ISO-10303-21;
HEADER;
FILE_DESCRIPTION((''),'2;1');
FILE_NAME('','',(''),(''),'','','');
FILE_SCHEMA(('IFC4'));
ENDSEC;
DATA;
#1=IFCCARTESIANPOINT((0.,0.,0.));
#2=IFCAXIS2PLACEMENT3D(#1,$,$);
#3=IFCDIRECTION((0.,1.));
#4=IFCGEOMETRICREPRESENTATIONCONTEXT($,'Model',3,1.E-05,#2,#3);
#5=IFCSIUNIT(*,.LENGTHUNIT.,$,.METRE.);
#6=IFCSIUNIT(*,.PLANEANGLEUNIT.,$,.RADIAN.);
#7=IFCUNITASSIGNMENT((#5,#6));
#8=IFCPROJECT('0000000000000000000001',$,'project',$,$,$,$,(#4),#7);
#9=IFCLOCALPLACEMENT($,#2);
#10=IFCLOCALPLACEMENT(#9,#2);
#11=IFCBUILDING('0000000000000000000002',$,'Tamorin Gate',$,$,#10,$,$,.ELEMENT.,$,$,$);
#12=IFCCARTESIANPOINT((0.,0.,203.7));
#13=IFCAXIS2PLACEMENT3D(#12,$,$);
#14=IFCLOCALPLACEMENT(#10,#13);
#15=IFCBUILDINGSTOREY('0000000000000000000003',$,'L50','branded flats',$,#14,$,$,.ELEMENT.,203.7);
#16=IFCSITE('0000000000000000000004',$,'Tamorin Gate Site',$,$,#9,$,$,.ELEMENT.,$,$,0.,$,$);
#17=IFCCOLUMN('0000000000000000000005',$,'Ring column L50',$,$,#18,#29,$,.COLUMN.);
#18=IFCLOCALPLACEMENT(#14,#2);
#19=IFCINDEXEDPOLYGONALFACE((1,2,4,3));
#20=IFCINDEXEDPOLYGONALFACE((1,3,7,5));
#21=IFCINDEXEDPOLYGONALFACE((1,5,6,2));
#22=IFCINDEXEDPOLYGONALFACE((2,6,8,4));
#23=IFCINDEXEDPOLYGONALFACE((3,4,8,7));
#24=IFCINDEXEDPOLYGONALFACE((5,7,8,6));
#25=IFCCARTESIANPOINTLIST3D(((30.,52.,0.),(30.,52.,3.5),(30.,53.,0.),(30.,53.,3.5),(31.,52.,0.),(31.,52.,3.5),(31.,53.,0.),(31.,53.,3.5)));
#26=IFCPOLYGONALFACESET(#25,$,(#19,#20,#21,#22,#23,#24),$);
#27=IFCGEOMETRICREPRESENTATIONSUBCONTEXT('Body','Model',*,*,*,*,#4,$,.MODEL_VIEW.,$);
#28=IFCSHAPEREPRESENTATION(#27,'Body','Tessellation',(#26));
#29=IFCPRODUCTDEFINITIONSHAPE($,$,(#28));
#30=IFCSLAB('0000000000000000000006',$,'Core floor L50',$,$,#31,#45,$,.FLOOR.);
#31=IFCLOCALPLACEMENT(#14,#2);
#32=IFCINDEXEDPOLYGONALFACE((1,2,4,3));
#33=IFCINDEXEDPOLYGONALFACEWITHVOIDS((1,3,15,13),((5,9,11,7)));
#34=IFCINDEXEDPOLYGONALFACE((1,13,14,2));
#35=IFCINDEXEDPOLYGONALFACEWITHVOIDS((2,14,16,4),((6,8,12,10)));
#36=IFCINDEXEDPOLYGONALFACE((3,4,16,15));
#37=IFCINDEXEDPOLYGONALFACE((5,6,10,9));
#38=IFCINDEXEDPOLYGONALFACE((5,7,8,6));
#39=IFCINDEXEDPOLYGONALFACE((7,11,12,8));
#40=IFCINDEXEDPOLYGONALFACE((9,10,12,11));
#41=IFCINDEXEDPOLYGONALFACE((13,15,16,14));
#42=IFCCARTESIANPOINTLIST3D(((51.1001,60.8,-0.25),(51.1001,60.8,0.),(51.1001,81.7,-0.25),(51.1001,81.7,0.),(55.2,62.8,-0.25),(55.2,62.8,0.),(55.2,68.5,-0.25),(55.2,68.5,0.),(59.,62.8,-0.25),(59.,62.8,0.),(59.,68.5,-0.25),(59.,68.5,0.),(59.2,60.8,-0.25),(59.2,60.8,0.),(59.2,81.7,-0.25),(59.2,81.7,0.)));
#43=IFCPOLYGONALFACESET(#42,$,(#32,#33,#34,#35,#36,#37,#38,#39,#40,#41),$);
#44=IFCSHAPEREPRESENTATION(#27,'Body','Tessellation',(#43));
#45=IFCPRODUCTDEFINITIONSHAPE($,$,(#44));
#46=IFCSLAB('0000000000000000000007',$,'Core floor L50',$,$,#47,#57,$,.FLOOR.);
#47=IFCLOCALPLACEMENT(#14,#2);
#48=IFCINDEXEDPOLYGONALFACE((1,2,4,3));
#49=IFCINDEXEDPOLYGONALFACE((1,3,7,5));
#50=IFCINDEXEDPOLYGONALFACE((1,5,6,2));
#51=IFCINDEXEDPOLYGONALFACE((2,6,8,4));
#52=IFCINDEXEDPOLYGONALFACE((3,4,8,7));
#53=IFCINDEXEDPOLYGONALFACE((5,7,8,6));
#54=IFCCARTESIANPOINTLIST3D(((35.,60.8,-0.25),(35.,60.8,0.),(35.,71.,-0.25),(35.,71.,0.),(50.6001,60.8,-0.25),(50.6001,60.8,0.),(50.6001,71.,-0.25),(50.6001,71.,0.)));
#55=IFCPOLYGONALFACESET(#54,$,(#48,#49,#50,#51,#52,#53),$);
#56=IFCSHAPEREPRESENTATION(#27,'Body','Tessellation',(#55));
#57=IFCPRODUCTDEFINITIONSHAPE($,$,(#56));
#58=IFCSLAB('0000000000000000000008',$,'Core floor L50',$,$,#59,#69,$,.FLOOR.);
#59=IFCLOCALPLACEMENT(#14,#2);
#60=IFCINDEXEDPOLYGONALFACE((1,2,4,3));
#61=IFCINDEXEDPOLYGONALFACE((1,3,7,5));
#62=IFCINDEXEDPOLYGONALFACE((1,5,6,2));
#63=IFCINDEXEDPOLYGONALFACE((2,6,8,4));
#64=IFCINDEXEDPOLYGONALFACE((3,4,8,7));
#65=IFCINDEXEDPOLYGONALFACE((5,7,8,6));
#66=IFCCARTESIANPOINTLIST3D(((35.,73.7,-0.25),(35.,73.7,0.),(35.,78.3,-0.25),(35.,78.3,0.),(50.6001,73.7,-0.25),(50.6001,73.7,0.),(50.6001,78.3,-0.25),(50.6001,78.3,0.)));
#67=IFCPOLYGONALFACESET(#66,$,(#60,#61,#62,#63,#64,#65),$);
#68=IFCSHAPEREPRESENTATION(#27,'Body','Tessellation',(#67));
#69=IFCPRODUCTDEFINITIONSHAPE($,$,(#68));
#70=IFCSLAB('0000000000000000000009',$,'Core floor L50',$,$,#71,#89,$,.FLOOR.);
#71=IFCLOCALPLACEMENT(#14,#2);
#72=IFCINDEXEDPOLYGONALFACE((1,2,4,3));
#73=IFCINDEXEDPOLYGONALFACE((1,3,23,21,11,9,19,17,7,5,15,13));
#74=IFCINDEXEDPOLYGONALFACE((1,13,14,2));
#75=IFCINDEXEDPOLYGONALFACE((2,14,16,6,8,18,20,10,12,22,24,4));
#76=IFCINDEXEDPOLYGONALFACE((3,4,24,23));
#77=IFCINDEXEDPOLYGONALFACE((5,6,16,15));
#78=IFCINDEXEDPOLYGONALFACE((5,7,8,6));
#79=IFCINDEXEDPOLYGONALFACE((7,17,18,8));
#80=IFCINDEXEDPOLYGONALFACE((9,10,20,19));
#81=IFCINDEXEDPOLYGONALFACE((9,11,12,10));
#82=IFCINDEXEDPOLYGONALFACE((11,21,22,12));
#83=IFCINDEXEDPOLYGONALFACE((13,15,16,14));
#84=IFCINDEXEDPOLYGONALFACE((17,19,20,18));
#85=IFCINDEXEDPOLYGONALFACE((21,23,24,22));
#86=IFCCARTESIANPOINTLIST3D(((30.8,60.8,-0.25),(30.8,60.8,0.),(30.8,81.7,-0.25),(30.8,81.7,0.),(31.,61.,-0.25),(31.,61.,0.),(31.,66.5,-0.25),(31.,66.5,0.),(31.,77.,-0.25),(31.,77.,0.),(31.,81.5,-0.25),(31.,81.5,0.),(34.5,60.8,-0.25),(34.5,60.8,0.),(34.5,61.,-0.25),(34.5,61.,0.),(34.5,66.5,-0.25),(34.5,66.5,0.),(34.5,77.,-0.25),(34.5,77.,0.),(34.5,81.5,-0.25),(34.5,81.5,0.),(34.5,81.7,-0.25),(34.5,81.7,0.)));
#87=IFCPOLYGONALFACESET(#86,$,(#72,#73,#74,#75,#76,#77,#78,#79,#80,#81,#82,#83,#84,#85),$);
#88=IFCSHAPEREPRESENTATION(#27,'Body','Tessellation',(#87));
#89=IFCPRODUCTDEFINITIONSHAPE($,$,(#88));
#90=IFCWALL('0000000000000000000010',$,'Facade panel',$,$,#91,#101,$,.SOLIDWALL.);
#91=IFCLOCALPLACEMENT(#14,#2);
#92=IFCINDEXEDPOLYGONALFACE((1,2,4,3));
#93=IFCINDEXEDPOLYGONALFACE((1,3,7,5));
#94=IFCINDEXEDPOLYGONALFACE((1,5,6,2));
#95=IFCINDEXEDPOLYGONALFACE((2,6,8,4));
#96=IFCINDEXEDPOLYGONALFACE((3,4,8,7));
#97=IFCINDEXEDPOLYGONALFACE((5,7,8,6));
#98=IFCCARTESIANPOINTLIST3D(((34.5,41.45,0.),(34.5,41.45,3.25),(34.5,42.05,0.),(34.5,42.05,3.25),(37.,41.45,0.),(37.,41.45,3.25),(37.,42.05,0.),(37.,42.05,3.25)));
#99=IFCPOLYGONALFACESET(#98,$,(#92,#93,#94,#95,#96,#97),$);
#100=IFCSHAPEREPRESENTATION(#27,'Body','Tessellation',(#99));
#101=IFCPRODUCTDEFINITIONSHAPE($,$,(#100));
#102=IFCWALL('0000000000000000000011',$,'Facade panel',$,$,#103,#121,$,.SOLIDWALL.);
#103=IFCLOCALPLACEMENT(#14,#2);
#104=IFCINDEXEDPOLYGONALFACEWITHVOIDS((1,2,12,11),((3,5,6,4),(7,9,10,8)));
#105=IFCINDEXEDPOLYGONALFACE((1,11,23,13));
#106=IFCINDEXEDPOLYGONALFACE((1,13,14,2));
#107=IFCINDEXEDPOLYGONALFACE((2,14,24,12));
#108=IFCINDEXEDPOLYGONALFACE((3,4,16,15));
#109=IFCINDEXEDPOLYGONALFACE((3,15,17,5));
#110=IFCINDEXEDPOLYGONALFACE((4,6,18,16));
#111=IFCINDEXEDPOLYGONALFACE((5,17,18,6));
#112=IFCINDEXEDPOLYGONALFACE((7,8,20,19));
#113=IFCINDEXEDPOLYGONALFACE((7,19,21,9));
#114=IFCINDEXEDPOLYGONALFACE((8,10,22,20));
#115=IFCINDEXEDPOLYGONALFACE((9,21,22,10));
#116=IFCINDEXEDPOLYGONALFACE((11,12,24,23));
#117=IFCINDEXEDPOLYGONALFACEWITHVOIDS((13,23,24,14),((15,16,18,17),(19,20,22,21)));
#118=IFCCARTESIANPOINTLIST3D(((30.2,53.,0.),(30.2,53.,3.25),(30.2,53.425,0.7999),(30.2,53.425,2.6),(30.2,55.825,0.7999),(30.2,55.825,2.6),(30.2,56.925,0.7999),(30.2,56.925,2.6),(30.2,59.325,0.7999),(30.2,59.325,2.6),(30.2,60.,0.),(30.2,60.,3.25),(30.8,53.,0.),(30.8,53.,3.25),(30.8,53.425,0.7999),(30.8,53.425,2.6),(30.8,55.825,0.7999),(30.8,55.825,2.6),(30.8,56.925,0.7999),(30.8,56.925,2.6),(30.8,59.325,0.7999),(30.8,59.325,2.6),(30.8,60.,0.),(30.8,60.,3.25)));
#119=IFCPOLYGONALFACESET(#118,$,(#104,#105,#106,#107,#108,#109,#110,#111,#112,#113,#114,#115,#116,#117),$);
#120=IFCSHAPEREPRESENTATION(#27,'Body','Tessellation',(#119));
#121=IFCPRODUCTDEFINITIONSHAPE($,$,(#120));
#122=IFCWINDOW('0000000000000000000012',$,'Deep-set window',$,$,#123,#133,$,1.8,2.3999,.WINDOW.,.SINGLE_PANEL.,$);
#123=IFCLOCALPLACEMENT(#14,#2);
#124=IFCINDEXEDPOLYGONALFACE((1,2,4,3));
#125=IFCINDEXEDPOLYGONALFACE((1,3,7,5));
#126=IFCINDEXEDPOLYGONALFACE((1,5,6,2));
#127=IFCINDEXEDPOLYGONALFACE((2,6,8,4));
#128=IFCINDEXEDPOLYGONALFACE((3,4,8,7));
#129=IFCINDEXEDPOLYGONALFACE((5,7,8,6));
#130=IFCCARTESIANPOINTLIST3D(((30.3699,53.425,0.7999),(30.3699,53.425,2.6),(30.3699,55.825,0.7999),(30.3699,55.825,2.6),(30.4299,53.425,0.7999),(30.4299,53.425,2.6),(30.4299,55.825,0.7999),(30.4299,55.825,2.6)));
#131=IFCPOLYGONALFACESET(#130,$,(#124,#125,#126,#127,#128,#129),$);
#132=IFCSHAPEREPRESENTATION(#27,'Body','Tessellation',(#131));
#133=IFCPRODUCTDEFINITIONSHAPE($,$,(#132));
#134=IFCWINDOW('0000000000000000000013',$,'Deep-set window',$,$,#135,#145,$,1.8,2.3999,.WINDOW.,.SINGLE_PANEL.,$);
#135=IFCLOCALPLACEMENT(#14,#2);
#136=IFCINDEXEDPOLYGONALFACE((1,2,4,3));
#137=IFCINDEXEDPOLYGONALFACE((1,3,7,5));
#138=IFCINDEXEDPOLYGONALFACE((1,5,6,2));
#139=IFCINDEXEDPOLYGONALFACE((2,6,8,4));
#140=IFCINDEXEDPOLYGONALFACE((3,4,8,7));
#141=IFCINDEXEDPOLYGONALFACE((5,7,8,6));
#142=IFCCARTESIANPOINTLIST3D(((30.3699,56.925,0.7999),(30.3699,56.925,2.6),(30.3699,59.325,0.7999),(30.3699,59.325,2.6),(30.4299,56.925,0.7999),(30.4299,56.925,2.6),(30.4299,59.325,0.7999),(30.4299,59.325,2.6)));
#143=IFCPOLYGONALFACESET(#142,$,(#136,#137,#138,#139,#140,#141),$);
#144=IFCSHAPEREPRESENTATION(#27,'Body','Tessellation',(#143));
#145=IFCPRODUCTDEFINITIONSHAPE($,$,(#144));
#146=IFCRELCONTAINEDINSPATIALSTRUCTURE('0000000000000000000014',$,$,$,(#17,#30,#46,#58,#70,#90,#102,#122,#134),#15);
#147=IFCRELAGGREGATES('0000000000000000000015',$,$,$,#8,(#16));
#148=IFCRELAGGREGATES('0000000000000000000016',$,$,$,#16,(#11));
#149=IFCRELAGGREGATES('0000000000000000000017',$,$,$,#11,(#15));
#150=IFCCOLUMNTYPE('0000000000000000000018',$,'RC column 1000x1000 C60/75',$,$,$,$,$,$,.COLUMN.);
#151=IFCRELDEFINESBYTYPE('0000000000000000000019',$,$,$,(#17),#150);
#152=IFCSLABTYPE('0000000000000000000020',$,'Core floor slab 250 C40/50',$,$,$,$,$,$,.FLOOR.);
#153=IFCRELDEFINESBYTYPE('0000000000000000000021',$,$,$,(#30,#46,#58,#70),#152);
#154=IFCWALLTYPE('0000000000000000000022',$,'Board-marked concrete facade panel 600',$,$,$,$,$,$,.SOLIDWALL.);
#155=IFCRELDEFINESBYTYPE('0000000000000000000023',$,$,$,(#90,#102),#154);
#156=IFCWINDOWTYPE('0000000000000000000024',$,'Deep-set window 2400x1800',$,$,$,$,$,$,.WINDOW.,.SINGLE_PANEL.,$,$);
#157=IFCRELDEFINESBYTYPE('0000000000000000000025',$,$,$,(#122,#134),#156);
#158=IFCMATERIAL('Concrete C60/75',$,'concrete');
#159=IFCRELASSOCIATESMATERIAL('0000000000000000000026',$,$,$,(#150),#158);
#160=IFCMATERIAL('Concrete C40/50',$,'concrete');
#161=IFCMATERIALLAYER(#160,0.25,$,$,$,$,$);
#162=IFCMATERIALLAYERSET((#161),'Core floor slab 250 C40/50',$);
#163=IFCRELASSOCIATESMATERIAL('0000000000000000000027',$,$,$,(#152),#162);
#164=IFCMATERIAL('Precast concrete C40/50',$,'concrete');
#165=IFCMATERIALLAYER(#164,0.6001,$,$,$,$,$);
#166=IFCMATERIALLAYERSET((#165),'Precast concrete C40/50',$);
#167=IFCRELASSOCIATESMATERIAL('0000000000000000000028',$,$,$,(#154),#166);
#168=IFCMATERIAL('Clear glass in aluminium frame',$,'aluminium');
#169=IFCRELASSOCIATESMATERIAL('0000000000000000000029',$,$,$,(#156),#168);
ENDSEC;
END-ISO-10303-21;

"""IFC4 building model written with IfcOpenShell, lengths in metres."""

from ifc_helpers import new_model, si_unit, direction, frame, frame_2d, origin, origin_2d, place, context, subcontext, project, spatial, polyline, rectangle, outline, extrude, material, layer, layer_set, material_profile, profile_set, type_object, element, fill, save


model = new_model("IFC4")

# Units and contexts
model_context = context("Model", 3, precision=1e-05, world=origin(), true_north=direction((0.0, 1.0)))
body_context = subcontext(model_context, "Body", "Model", "MODEL_VIEW")
ifc_project = project(units=[si_unit("LENGTHUNIT", "METRE"), si_unit("PLANEANGLEUNIT", "RADIAN")], contexts=[model_context])

# Site, building, storey
site_placement = place(None, origin())
site = spatial("IfcSite", under=ifc_project, at=site_placement, Name="Tamorin Gate Site", CompositionType="ELEMENT", RefElevation=0.0)
building_placement = place(site_placement, origin())
building = spatial("IfcBuilding", under=site, at=building_placement, Name="Tamorin Gate", CompositionType="ELEMENT")
storey_placement = place(building_placement, frame((0.0, 0.0, 203.7)))
storey = spatial("IfcBuildingStorey", under=building, at=storey_placement, Name="L50", Description="branded flats", CompositionType="ELEMENT", Elevation=203.7)

# Column
ifc_material_1 = material(Name="Concrete C60/75", Category="concrete")
ifc_material_profile = material_profile(ifc_material_1, rectangle(XDim=1.0, YDim=1.0, at=origin_2d()), Name="RC 1000x1000")
ifc_profile_set = profile_set([ifc_material_profile], Name="Concrete C60/75")
column_type = type_object("IfcColumnType", Name="RC column 1000x1000 C60/75", PredefinedType="COLUMN", material=ifc_profile_set)
column_placement = place(storey_placement, frame((30.5, 52.5, 0.0), z_axis=(0.0, 0.0, 1.0), x_axis=(1.0, 0.0, 0.0)))
element("IfcColumn", 1, at=column_placement, inside=storey, type_object=column_type, Name="Ring column L50", PredefinedType="COLUMN", context=body_context, shape_type="SweptSolid", body=[
    extrude(rectangle(XDim=1.0, YDim=1.0, at=origin_2d()), origin(), (0.0, 0.0, 1.0), 3.5),
])

# Slabs
ifc_material_2 = material(Name="Concrete C40/50", Category="concrete")
ifc_layer_1 = layer(ifc_material_2, 0.25)
ifc_layer_set_1 = layer_set([ifc_layer_1], Name="Core floor slab 250 C40/50")
slab_type = type_object("IfcSlabType", Name="Core floor slab 250 C40/50", PredefinedType="FLOOR", material=ifc_layer_set_1)
slab_1_placement = place(storey_placement, frame((0.0, 0.0, -0.25)))
element("IfcSlab", 2, at=slab_1_placement, inside=storey, type_object=slab_type, Name="Core floor L50", PredefinedType="FLOOR", context=body_context, shape_type="SweptSolid", body=[
    extrude(outline(polyline([(51.1001, 81.7), (59.2, 81.7), (59.2, 60.8), (51.1001, 60.8), (51.1001, 81.7)]), holes=[polyline([(55.2, 62.8), (59.0, 62.8), (59.0, 68.5), (55.2, 68.5), (55.2, 62.8)])]), origin(), (0.0, 0.0, 1.0), 0.25),
])
slab_2_placement = place(storey_placement, frame((0.0, 0.0, -0.25)))
element("IfcSlab", 3, at=slab_2_placement, inside=storey, type_object=slab_type, Name="Core floor L50", PredefinedType="FLOOR", context=body_context, shape_type="SweptSolid", body=[
    extrude(outline(polyline([(50.6001, 71.0), (50.6001, 60.8), (35.0, 60.8), (35.0, 71.0), (50.6001, 71.0)])), origin(), (0.0, 0.0, 1.0), 0.25),
])
slab_3_placement = place(storey_placement, frame((0.0, 0.0, -0.25)))
element("IfcSlab", 4, at=slab_3_placement, inside=storey, type_object=slab_type, Name="Core floor L50", PredefinedType="FLOOR", context=body_context, shape_type="SweptSolid", body=[
    extrude(outline(polyline([(50.6001, 73.7), (35.0, 73.7), (35.0, 78.3), (50.6001, 78.3), (50.6001, 73.7)])), origin(), (0.0, 0.0, 1.0), 0.25),
])
slab_4_placement = place(storey_placement, frame((0.0, 0.0, -0.25)))
element("IfcSlab", 5, at=slab_4_placement, inside=storey, type_object=slab_type, Name="Core floor L50", PredefinedType="FLOOR", context=body_context, shape_type="SweptSolid", body=[
    extrude(outline(polyline([(34.5, 60.8), (30.8, 60.8), (30.8, 81.7), (34.5, 81.7), (34.5, 81.5), (31.0, 81.5), (31.0, 77.0), (34.5, 77.0), (34.5, 66.5), (31.0, 66.5), (31.0, 61.0), (34.5, 61.0), (34.5, 60.8)])), origin(), (0.0, 0.0, 1.0), 0.25),
])

# Wall
ifc_material_3 = material(Name="Precast concrete C40/50", Category="concrete")
ifc_layer_2 = layer(ifc_material_3, 0.6001)
ifc_layer_set_2 = layer_set([ifc_layer_2], Name="Precast concrete C40/50")
wall_type_1 = type_object("IfcWallType", Name="Board-marked concrete facade panel 600", PredefinedType="SOLIDWALL", material=ifc_layer_set_2)
wall_1_placement = place(storey_placement, frame((34.5, 41.75, 0.0), z_axis=(0.0, 0.0, 1.0), x_axis=(1.0, 0.0, 0.0)))
element("IfcWall", 6, at=wall_1_placement, inside=storey, type_object=wall_type_1, Name="Facade panel", PredefinedType="SOLIDWALL", context=body_context, shape_type="SweptSolid", body=[
    extrude(rectangle(XDim=2.5, YDim=0.6001, at=frame_2d((1.25, 0.0))), origin(), (0.0, 0.0, 1.0), 3.25),
])

# Wall, openings, windows
wall_2_placement = place(storey_placement, frame((30.5, 60.0, 0.0), z_axis=(0.0, 0.0, 1.0), x_axis=(0.0, -1.0, 0.0)))
wall_2 = element("IfcWall", 7, at=wall_2_placement, inside=storey, type_object=wall_type_1, Name="Facade panel", PredefinedType="SOLIDWALL", context=body_context, shape_type="SweptSolid", body=[
    extrude(rectangle(XDim=7.0, YDim=0.6001, at=frame_2d((3.5, 0.0))), origin(), (0.0, 0.0, 1.0), 3.25),
])
opening_1_placement = place(wall_2_placement, frame((4.175, 0.0, 0.8)))
opening_1 = element("IfcOpeningElement", 8, at=opening_1_placement, cuts=wall_2, PredefinedType="OPENING", context=body_context, shape_type="SweptSolid", body=[
    extrude(rectangle(XDim=2.3999, YDim=1.8, at=frame_2d((1.2, 0.8999))), frame((0.0, 0.3101, 0.0), z_axis=(0.0, -1.0, 0.0), x_axis=(1.0, 0.0, 0.0)), (0.0, 0.0, 1.0), 0.6201),
])
opening_2_placement = place(wall_2_placement, frame((0.675, 0.0, 0.8)))
opening_2 = element("IfcOpeningElement", 9, at=opening_2_placement, cuts=wall_2, PredefinedType="OPENING", context=body_context, shape_type="SweptSolid", body=[
    extrude(rectangle(XDim=2.3999, YDim=1.8, at=frame_2d((1.2, 0.8999))), frame((0.0, 0.3101, 0.0), z_axis=(0.0, -1.0, 0.0), x_axis=(1.0, 0.0, 0.0)), (0.0, 0.0, 1.0), 0.6201),
])
ifc_material_4 = material(Name="Clear glass in aluminium frame", Category="aluminium")
window_type_1 = type_object("IfcWindowType", Name="Deep-set window 2400x1800", PartitioningType="SINGLE_PANEL", PredefinedType="WINDOW", material=ifc_material_4)
window_1_placement = place(opening_1_placement, origin())
window_1 = element("IfcWindow", 10, at=window_1_placement, inside=storey, type_object=window_type_1, Name="Deep-set window", OverallHeight=1.8, OverallWidth=2.3999, PartitioningType="SINGLE_PANEL", PredefinedType="WINDOW", context=body_context, shape_type="SweptSolid", body=[
    extrude(rectangle(XDim=2.3999, YDim=1.8, at=frame_2d((1.2, 0.8999))), frame((0.0, -0.0701, 0.0), z_axis=(0.0, -1.0, 0.0), x_axis=(1.0, 0.0, 0.0)), (0.0, 0.0, 1.0), 0.0601),
])
fill(opening_1, window_1)
window_2_placement = place(opening_2_placement, origin())
window_2 = element("IfcWindow", 11, at=window_2_placement, inside=storey, type_object=window_type_1, Name="Deep-set window", OverallHeight=1.8, OverallWidth=2.3999, PartitioningType="SINGLE_PANEL", PredefinedType="WINDOW", context=body_context, shape_type="SweptSolid", body=[
    extrude(rectangle(XDim=2.3999, YDim=1.8, at=frame_2d((1.2, 0.8999))), frame((0.0, -0.0701, 0.0), z_axis=(0.0, -1.0, 0.0), x_axis=(1.0, 0.0, 0.0)), (0.0, 0.0, 1.0), 0.0601),
])
fill(opening_2, window_2)

save(model, "model.ifc")
